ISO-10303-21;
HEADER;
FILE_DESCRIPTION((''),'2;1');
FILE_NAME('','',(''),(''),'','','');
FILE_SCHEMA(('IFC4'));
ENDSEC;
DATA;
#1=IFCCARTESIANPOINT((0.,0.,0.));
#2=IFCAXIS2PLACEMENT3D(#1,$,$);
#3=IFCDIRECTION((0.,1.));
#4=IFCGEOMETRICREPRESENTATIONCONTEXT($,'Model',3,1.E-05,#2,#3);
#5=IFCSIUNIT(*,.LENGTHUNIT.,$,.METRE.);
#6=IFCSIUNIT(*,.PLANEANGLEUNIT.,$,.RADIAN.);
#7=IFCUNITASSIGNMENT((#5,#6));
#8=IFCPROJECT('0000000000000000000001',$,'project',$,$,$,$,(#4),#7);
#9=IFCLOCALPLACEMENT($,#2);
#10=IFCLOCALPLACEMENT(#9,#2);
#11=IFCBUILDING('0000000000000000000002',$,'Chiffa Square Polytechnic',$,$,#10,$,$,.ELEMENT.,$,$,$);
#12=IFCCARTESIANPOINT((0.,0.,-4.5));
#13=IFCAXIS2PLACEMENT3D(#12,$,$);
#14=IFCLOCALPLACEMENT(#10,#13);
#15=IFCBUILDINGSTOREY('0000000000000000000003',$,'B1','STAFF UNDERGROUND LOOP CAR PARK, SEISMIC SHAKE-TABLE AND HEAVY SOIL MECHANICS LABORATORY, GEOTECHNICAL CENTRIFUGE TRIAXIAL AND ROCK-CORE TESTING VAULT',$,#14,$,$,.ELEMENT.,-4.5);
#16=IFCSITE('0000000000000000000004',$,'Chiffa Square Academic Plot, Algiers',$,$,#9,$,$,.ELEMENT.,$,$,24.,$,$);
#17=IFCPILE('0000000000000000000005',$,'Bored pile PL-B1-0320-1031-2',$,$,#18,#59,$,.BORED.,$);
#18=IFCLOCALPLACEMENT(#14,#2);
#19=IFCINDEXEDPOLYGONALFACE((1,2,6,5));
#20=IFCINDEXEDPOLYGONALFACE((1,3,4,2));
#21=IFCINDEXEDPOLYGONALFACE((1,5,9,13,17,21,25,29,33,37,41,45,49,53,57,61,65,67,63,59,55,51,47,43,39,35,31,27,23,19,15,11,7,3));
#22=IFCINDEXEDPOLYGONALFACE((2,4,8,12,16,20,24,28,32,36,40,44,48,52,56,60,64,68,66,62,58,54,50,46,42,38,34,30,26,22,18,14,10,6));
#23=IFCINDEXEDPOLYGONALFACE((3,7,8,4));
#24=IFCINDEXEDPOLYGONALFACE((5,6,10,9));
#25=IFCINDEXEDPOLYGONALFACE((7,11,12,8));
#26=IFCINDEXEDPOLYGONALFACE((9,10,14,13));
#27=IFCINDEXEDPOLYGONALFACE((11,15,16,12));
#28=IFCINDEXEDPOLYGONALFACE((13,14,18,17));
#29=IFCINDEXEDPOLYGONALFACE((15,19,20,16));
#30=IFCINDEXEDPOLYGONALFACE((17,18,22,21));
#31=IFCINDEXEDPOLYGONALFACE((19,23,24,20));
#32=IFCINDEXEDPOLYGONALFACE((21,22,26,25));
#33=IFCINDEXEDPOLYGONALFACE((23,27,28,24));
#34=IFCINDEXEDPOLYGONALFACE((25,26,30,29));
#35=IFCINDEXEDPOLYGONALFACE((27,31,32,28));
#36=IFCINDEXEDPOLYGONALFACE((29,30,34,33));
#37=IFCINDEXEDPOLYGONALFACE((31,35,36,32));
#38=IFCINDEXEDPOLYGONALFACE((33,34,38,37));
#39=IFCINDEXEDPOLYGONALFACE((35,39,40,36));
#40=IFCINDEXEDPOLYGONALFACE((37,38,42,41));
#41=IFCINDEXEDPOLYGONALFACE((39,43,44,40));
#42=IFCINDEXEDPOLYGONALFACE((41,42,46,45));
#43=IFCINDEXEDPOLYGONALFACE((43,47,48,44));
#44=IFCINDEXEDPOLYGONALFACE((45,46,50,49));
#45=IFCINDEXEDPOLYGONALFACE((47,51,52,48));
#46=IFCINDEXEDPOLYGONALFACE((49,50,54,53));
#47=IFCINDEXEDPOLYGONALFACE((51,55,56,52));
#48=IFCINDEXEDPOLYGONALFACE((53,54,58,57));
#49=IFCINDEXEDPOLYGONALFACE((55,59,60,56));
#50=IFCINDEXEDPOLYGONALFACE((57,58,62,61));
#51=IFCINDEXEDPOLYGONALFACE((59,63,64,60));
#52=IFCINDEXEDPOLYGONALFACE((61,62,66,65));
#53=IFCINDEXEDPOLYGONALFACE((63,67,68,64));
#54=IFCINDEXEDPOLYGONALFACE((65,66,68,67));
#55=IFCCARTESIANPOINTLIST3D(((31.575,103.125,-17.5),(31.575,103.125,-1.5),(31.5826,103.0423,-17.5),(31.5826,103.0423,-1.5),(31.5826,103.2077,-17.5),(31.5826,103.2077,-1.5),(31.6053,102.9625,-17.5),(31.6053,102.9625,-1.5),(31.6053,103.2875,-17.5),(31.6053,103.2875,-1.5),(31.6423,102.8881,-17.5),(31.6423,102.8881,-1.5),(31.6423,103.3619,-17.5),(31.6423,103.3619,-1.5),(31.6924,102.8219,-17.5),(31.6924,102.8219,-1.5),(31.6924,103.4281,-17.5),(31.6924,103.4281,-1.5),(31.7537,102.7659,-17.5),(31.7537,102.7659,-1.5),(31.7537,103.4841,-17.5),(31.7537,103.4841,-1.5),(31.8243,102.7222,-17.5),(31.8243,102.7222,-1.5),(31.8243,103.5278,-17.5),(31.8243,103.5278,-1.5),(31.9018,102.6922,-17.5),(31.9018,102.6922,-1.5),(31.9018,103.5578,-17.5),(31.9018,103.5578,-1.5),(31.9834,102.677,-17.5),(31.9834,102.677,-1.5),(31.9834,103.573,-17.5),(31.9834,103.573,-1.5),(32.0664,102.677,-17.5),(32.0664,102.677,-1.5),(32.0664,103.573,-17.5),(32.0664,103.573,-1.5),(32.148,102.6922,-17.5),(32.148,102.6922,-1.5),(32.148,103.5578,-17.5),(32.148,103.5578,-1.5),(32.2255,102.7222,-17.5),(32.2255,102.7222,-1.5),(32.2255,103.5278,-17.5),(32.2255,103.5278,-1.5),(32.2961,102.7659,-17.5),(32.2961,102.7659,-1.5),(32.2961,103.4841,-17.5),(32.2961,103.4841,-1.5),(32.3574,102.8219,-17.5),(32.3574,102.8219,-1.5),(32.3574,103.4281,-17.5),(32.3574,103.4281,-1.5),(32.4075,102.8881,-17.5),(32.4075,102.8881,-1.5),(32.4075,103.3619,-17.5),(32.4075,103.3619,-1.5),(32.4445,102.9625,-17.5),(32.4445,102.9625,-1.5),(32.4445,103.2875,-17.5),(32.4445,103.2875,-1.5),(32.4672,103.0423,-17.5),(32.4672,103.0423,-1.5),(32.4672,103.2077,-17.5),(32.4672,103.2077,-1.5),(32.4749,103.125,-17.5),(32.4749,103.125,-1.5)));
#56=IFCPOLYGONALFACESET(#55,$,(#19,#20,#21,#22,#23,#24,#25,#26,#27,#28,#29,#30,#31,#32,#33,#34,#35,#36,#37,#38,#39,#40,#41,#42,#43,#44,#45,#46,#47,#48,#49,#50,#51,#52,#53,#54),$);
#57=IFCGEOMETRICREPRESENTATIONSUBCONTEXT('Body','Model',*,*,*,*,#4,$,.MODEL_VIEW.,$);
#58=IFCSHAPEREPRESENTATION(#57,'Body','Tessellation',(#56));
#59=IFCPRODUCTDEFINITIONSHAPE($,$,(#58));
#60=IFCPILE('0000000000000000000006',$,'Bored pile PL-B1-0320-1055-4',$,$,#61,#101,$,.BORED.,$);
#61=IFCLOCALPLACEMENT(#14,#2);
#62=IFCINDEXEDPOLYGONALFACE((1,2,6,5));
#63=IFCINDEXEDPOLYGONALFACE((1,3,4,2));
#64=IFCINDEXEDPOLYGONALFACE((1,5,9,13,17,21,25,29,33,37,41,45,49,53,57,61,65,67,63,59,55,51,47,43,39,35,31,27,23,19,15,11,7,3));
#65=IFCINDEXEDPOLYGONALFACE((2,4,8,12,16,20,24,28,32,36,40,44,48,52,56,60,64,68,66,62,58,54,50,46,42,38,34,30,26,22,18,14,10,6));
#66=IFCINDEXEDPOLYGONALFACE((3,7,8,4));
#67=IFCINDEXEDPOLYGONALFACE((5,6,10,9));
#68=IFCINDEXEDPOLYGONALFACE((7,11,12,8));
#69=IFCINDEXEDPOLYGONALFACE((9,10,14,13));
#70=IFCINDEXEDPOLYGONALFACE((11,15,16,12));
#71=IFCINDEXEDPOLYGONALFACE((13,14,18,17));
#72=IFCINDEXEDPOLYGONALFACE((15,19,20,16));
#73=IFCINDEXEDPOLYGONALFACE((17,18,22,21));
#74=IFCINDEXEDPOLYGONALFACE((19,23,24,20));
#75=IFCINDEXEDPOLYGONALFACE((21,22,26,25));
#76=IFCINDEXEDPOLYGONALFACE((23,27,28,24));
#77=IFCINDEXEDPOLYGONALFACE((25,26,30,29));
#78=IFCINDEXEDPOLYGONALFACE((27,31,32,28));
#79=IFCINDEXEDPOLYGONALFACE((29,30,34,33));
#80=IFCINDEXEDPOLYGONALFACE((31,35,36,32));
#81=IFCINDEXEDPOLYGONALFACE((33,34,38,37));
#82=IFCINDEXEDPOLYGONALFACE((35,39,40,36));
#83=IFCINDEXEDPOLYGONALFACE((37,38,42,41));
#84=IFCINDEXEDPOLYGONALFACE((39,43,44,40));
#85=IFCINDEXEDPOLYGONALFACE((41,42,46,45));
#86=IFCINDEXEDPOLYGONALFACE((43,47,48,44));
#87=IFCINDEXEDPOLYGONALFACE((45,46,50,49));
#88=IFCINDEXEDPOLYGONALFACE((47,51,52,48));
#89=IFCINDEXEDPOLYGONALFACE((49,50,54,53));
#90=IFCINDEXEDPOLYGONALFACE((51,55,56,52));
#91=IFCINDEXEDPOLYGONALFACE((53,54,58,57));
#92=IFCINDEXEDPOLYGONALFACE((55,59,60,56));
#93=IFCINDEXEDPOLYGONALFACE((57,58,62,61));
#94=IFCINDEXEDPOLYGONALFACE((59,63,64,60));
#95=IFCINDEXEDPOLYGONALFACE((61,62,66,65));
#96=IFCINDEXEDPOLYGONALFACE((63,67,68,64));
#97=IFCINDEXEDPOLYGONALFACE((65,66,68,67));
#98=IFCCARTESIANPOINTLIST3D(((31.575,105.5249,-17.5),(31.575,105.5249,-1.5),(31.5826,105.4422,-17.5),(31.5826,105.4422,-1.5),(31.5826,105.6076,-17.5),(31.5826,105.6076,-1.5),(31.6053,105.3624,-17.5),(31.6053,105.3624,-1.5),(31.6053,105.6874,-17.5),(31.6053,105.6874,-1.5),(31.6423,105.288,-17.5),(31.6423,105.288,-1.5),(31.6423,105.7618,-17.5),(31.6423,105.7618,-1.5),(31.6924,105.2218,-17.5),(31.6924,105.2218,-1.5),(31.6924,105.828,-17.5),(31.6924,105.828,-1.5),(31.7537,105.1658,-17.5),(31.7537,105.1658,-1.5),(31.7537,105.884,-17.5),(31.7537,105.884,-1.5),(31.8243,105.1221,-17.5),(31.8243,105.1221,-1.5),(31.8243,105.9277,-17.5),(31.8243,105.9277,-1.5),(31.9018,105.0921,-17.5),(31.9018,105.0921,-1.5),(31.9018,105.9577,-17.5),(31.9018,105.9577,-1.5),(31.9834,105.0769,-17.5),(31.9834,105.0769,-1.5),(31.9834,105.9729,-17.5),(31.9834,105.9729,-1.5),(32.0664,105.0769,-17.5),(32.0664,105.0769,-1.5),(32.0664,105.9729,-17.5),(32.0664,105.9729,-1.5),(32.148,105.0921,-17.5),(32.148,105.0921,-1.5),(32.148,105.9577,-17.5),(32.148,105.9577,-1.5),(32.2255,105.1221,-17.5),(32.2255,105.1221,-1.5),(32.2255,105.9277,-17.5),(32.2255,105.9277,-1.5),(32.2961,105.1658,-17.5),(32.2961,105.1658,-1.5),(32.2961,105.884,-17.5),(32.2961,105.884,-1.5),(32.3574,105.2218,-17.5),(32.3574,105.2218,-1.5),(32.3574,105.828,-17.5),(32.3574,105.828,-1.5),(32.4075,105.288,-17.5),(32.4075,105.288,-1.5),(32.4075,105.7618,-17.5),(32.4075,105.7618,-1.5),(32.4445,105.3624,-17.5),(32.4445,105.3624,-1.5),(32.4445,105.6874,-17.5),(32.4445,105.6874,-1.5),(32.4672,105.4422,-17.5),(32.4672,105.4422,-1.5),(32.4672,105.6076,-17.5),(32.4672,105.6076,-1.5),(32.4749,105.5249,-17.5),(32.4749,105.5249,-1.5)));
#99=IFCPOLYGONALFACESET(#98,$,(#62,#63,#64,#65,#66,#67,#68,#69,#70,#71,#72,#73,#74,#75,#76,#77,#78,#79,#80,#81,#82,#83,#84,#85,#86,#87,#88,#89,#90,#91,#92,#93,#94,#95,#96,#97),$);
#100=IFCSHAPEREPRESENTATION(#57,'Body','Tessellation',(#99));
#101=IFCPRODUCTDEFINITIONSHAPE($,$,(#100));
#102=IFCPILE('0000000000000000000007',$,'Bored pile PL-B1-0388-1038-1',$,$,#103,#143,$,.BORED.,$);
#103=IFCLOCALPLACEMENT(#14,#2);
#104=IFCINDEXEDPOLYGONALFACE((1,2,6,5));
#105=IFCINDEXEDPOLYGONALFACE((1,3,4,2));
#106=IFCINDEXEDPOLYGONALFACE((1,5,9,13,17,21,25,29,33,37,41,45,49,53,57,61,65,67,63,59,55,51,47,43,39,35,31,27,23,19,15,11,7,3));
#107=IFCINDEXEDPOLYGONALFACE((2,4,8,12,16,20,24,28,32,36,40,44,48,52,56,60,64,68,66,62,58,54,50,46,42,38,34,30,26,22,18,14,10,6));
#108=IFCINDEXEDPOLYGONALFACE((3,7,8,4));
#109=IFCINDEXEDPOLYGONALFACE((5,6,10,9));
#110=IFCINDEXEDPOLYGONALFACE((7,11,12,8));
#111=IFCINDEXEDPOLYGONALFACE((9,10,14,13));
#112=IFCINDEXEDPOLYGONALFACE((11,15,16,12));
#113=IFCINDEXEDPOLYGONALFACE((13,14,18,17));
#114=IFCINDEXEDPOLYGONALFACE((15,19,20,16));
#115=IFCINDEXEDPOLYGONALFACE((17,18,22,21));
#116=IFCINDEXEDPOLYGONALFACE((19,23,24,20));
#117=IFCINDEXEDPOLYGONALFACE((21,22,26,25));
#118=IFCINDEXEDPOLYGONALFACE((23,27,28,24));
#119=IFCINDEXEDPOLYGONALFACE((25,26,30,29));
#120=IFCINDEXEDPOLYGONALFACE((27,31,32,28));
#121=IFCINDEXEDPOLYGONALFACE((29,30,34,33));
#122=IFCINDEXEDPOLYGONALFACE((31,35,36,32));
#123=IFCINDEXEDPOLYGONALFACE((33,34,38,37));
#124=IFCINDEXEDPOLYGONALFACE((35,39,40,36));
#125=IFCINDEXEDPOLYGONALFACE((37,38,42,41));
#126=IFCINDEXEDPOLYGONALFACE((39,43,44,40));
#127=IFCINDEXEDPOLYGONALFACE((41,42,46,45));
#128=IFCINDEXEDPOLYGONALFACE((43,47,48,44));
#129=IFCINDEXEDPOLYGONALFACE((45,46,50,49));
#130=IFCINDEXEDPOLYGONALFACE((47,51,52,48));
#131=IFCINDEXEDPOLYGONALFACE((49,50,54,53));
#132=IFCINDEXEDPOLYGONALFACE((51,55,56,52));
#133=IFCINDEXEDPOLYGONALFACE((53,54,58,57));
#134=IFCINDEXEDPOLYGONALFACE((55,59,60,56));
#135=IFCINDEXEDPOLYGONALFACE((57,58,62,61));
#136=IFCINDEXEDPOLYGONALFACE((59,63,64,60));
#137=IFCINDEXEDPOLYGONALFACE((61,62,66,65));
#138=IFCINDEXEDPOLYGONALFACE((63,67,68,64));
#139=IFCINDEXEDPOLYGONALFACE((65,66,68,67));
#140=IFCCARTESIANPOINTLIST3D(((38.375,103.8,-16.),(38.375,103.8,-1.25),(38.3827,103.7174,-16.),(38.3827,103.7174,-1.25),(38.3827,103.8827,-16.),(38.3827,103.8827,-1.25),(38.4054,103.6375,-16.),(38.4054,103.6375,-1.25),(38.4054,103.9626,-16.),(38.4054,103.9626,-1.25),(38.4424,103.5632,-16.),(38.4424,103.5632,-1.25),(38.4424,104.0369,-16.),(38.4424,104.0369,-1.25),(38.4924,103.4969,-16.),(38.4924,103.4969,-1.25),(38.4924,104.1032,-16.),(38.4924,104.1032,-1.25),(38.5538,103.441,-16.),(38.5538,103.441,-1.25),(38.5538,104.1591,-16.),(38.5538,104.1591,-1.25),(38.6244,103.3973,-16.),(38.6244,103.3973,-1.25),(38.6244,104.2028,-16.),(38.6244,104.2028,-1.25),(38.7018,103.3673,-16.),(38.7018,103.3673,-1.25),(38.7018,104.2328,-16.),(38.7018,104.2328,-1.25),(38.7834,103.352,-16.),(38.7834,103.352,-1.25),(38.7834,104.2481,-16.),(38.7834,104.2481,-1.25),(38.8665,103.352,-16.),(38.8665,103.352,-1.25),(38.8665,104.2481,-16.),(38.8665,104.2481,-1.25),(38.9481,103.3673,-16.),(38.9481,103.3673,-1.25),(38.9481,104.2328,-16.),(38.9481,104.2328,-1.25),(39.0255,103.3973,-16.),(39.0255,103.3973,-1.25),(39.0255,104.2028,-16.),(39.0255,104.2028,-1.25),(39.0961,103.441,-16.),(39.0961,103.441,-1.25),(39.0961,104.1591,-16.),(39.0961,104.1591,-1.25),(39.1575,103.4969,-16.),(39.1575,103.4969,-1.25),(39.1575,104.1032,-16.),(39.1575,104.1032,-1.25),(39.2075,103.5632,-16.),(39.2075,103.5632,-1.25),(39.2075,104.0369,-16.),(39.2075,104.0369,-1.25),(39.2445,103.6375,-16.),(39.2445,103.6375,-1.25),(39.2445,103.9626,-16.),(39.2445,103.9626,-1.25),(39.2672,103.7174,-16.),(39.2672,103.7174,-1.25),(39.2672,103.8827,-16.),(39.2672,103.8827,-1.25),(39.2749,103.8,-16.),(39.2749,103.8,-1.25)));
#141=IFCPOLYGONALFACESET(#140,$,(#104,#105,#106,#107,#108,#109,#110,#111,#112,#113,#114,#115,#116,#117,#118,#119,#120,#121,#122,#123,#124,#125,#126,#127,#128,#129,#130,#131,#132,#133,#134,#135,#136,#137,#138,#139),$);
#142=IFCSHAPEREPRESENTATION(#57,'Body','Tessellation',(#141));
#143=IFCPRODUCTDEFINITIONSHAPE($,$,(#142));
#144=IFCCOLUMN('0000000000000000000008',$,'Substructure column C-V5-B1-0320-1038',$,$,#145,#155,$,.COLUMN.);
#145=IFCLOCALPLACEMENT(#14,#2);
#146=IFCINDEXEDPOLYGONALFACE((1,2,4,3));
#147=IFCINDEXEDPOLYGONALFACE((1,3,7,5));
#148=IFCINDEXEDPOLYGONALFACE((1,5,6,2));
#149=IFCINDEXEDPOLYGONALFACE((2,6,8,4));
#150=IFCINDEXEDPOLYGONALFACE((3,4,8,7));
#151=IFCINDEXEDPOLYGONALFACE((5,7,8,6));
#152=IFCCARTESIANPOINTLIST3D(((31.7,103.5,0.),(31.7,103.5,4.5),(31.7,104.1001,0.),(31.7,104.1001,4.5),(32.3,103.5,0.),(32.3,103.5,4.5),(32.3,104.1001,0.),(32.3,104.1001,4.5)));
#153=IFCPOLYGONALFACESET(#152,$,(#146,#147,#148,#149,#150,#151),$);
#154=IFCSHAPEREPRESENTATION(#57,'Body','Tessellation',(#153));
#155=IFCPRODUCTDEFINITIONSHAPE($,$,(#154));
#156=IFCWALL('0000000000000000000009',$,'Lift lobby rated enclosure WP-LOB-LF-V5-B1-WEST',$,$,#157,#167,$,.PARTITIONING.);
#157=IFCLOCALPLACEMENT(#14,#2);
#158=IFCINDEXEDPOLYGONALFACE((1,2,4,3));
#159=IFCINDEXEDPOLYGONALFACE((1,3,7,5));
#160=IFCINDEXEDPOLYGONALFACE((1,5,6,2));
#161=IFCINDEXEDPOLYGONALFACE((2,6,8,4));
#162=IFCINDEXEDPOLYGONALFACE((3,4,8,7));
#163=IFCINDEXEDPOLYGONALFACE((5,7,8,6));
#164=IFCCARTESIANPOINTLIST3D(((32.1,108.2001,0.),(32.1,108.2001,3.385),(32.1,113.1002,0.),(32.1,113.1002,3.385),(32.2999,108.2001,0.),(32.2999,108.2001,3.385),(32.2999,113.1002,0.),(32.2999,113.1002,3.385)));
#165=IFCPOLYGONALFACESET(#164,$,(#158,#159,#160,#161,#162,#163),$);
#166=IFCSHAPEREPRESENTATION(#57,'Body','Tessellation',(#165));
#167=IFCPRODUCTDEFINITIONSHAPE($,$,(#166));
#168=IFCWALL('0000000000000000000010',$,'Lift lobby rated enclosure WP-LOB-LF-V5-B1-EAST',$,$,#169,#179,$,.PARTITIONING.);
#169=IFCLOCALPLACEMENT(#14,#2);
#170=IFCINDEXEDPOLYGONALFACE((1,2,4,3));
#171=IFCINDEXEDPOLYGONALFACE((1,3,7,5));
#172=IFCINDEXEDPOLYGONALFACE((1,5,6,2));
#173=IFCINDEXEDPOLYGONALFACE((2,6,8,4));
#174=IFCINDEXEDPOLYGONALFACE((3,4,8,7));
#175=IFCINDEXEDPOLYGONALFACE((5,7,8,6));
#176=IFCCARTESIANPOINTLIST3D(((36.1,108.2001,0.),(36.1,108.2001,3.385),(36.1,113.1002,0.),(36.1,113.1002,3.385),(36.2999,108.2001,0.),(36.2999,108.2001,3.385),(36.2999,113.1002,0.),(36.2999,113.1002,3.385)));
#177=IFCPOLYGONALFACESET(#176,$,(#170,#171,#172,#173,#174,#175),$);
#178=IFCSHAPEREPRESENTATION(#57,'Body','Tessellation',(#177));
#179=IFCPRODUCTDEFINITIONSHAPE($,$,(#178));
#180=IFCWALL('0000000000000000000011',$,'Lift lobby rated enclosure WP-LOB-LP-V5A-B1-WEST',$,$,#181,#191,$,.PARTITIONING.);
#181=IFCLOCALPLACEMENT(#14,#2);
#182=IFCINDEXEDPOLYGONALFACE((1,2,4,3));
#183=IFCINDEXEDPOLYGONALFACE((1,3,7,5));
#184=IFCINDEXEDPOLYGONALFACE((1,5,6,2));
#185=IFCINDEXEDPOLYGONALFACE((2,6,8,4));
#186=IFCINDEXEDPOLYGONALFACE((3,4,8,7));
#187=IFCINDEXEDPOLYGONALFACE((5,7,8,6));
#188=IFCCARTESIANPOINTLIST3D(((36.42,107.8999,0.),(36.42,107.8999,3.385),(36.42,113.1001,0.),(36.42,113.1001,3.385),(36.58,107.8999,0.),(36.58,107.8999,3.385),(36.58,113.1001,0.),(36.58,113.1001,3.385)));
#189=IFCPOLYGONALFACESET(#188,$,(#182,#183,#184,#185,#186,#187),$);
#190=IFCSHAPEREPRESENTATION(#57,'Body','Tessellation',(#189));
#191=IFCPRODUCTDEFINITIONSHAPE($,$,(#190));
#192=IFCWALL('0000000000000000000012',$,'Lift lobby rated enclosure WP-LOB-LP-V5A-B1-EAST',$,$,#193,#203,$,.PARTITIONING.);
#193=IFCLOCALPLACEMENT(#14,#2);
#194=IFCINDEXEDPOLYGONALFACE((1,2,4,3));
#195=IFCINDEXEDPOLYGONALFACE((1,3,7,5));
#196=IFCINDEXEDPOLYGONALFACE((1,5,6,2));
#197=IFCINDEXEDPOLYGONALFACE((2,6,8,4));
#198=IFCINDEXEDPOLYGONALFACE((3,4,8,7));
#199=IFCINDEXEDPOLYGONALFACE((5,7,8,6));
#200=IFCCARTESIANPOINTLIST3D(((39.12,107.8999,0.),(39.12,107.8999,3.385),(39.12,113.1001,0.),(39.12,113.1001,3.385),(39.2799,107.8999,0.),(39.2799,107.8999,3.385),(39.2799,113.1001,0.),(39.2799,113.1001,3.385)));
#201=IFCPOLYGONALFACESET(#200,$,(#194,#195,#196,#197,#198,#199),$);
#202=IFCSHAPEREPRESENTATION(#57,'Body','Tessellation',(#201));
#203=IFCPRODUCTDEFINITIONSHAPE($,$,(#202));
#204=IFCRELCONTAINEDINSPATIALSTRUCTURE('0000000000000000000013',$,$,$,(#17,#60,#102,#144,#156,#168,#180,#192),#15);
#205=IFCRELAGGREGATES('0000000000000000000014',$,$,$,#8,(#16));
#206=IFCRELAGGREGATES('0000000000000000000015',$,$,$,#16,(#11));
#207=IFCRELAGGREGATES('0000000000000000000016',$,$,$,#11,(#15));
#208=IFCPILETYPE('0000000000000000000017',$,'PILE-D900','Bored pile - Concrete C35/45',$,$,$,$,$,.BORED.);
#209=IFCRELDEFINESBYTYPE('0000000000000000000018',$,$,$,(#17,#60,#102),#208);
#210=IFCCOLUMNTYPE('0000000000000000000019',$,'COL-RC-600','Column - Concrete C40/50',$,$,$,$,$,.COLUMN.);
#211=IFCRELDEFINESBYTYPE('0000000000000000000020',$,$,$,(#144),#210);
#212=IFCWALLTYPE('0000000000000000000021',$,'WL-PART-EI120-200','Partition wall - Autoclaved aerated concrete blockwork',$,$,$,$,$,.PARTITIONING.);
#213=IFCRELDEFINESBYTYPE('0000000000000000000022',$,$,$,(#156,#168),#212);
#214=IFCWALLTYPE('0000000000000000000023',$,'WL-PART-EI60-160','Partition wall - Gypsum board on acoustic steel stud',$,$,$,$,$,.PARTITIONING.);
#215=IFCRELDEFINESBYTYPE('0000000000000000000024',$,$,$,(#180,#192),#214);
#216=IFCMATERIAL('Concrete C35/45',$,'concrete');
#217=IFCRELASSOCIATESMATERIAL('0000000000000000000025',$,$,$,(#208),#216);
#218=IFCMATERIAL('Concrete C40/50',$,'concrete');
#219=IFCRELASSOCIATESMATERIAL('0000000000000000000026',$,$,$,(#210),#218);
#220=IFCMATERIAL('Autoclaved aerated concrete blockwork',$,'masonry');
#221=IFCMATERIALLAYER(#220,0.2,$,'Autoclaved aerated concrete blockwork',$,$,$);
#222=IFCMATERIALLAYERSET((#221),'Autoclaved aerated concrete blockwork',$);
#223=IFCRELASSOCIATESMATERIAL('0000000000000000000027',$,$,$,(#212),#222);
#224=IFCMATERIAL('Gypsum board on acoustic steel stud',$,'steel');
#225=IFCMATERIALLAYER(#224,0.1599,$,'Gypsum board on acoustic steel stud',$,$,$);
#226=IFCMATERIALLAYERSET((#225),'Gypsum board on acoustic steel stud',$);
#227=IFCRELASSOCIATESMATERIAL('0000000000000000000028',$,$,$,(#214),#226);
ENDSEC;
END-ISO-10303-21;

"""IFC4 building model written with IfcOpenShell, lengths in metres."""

from ifc_helpers import new_model, si_unit, direction, frame, frame_2d, origin, origin_2d, place, context, subcontext, project, spatial, rectangle, circle, extrude, material, layer, layer_set, material_profile, profile_set, type_object, element, save


model = new_model("IFC4")

# Units and contexts
model_context = context("Model", 3, precision=1e-05, world=origin(), true_north=direction((0.0, 1.0)))
body_context = subcontext(model_context, "Body", "Model", "MODEL_VIEW")
ifc_project = project(units=[si_unit("LENGTHUNIT", "METRE"), si_unit("PLANEANGLEUNIT", "RADIAN")], contexts=[model_context])

# Site, building, storey
site_placement = place(None, origin())
site = spatial("IfcSite", under=ifc_project, at=site_placement, Name="Chiffa Square Academic Plot, Algiers", CompositionType="ELEMENT", RefElevation=24.0)
building_placement = place(site_placement, origin())
building = spatial("IfcBuilding", under=site, at=building_placement, Name="Chiffa Square Polytechnic", CompositionType="ELEMENT")
storey_placement = place(building_placement, frame((0.0, 0.0, -4.5)))
storey = spatial("IfcBuildingStorey", under=building, at=storey_placement, Name="B1", Description="STAFF UNDERGROUND LOOP CAR PARK, SEISMIC SHAKE-TABLE AND HEAVY SOIL MECHANICS LABORATORY, GEOTECHNICAL CENTRIFUGE TRIAXIAL AND ROCK-CORE TESTING VAULT", CompositionType="ELEMENT", Elevation=-4.5)

# Piles
ifc_material_1 = material(Name="Concrete C35/45", Category="concrete")
ifc_material_profile_1 = material_profile(ifc_material_1, circle(Radius=0.45, at=origin_2d()), Name="PILE D900")
ifc_profile_set_1 = profile_set([ifc_material_profile_1], Name="Concrete C35/45")
pile_type = type_object("IfcPileType", Name="PILE-D900", Description="Bored pile - Concrete C35/45", PredefinedType="BORED", material=ifc_profile_set_1)
for number, where, z_axis, x_axis, name in (
    (1, (32.0249, 103.125, -1.5), (0.0, 0.0, -1.0), (1.0, 0.0, 0.0), "Bored pile PL-B1-0320-1031-2"),
    (2, (32.0249, 105.5249, -1.5), (0.0, 0.0, -1.0), (1.0, 0.0, 0.0), "Bored pile PL-B1-0320-1055-4"),
):
    element("IfcPile", number, at=place(storey_placement, frame(where, z_axis=z_axis, x_axis=x_axis)), inside=storey, type_object=pile_type, Name=name, PredefinedType="BORED", context=body_context, shape_type="SweptSolid", body=[
        extrude(circle(Radius=0.45, at=origin_2d()), origin(), (0.0, 0.0, 1.0), 16.0),
    ])
pile_placement = place(storey_placement, frame((38.825, 103.8, -1.25), z_axis=(0.0, 0.0, -1.0), x_axis=(1.0, 0.0, 0.0)))
element("IfcPile", 3, at=pile_placement, inside=storey, type_object=pile_type, Name="Bored pile PL-B1-0388-1038-1", PredefinedType="BORED", context=body_context, shape_type="SweptSolid", body=[
    extrude(circle(Radius=0.45, at=origin_2d()), origin(), (0.0, 0.0, 1.0), 14.75),
])

# Column
ifc_material_2 = material(Name="Concrete C40/50", Category="concrete")
ifc_material_profile_2 = material_profile(ifc_material_2, rectangle(XDim=0.6001, YDim=0.6001, at=origin_2d()), Name="RC 600x600")
ifc_profile_set_2 = profile_set([ifc_material_profile_2], Name="Concrete C40/50")
column_type = type_object("IfcColumnType", Name="COL-RC-600", Description="Column - Concrete C40/50", PredefinedType="COLUMN", material=ifc_profile_set_2)
column_placement = place(storey_placement, frame((32.0, 103.8, 0.0), z_axis=(0.0, 0.0, 1.0), x_axis=(1.0, 0.0, 0.0)))
element("IfcColumn", 4, at=column_placement, inside=storey, type_object=column_type, Name="Substructure column C-V5-B1-0320-1038", PredefinedType="COLUMN", context=body_context, shape_type="SweptSolid", body=[
    extrude(rectangle(XDim=0.6001, YDim=0.6001, at=origin_2d()), origin(), (0.0, 0.0, 1.0), 4.5),
])

# Walls
ifc_material_3 = material(Name="Autoclaved aerated concrete blockwork", Category="masonry")
ifc_layer_1 = layer(ifc_material_3, 0.2, Name="Autoclaved aerated concrete blockwork")
ifc_layer_set_1 = layer_set([ifc_layer_1], Name="Autoclaved aerated concrete blockwork")
wall_type_1 = type_object("IfcWallType", Name="WL-PART-EI120-200", Description="Partition wall - Autoclaved aerated concrete blockwork", PredefinedType="PARTITIONING", material=ifc_layer_set_1)
for number, where, z_axis, x_axis, name in (
    (5, (32.2, 108.2, 0.0), (0.0, 0.0, 1.0), (0.0, 1.0, 0.0), "Lift lobby rated enclosure WP-LOB-LF-V5-B1-WEST"),
    (6, (36.2, 108.2, 0.0), (0.0, 0.0, 1.0), (0.0, 1.0, 0.0), "Lift lobby rated enclosure WP-LOB-LF-V5-B1-EAST"),
):
    element("IfcWall", number, at=place(storey_placement, frame(where, z_axis=z_axis, x_axis=x_axis)), inside=storey, type_object=wall_type_1, Name=name, PredefinedType="PARTITIONING", context=body_context, shape_type="SweptSolid", body=[
        extrude(rectangle(XDim=4.9001, YDim=0.2, at=frame_2d((2.4502, 0.0))), origin(), (0.0, 0.0, 1.0), 3.385),
    ])
ifc_material_4 = material(Name="Gypsum board on acoustic steel stud", Category="steel")
ifc_layer_2 = layer(ifc_material_4, 0.1599, Name="Gypsum board on acoustic steel stud")
ifc_layer_set_2 = layer_set([ifc_layer_2], Name="Gypsum board on acoustic steel stud")
wall_type_2 = type_object("IfcWallType", Name="WL-PART-EI60-160", Description="Partition wall - Gypsum board on acoustic steel stud", PredefinedType="PARTITIONING", material=ifc_layer_set_2)
for number, where, z_axis, x_axis, name in (
    (7, (36.5, 107.8999, 0.0), (0.0, 0.0, 1.0), (0.0, 1.0, 0.0), "Lift lobby rated enclosure WP-LOB-LP-V5A-B1-WEST"),
    (8, (39.2, 107.8999, 0.0), (0.0, 0.0, 1.0), (0.0, 1.0, 0.0), "Lift lobby rated enclosure WP-LOB-LP-V5A-B1-EAST"),
):
    element("IfcWall", number, at=place(storey_placement, frame(where, z_axis=z_axis, x_axis=x_axis)), inside=storey, type_object=wall_type_2, Name=name, PredefinedType="PARTITIONING", context=body_context, shape_type="SweptSolid", body=[
        extrude(rectangle(XDim=5.2002, YDim=0.1599, at=frame_2d((2.6001, 0.0))), origin(), (0.0, 0.0, 1.0), 3.385),
    ])

save(model, "model.ifc")
